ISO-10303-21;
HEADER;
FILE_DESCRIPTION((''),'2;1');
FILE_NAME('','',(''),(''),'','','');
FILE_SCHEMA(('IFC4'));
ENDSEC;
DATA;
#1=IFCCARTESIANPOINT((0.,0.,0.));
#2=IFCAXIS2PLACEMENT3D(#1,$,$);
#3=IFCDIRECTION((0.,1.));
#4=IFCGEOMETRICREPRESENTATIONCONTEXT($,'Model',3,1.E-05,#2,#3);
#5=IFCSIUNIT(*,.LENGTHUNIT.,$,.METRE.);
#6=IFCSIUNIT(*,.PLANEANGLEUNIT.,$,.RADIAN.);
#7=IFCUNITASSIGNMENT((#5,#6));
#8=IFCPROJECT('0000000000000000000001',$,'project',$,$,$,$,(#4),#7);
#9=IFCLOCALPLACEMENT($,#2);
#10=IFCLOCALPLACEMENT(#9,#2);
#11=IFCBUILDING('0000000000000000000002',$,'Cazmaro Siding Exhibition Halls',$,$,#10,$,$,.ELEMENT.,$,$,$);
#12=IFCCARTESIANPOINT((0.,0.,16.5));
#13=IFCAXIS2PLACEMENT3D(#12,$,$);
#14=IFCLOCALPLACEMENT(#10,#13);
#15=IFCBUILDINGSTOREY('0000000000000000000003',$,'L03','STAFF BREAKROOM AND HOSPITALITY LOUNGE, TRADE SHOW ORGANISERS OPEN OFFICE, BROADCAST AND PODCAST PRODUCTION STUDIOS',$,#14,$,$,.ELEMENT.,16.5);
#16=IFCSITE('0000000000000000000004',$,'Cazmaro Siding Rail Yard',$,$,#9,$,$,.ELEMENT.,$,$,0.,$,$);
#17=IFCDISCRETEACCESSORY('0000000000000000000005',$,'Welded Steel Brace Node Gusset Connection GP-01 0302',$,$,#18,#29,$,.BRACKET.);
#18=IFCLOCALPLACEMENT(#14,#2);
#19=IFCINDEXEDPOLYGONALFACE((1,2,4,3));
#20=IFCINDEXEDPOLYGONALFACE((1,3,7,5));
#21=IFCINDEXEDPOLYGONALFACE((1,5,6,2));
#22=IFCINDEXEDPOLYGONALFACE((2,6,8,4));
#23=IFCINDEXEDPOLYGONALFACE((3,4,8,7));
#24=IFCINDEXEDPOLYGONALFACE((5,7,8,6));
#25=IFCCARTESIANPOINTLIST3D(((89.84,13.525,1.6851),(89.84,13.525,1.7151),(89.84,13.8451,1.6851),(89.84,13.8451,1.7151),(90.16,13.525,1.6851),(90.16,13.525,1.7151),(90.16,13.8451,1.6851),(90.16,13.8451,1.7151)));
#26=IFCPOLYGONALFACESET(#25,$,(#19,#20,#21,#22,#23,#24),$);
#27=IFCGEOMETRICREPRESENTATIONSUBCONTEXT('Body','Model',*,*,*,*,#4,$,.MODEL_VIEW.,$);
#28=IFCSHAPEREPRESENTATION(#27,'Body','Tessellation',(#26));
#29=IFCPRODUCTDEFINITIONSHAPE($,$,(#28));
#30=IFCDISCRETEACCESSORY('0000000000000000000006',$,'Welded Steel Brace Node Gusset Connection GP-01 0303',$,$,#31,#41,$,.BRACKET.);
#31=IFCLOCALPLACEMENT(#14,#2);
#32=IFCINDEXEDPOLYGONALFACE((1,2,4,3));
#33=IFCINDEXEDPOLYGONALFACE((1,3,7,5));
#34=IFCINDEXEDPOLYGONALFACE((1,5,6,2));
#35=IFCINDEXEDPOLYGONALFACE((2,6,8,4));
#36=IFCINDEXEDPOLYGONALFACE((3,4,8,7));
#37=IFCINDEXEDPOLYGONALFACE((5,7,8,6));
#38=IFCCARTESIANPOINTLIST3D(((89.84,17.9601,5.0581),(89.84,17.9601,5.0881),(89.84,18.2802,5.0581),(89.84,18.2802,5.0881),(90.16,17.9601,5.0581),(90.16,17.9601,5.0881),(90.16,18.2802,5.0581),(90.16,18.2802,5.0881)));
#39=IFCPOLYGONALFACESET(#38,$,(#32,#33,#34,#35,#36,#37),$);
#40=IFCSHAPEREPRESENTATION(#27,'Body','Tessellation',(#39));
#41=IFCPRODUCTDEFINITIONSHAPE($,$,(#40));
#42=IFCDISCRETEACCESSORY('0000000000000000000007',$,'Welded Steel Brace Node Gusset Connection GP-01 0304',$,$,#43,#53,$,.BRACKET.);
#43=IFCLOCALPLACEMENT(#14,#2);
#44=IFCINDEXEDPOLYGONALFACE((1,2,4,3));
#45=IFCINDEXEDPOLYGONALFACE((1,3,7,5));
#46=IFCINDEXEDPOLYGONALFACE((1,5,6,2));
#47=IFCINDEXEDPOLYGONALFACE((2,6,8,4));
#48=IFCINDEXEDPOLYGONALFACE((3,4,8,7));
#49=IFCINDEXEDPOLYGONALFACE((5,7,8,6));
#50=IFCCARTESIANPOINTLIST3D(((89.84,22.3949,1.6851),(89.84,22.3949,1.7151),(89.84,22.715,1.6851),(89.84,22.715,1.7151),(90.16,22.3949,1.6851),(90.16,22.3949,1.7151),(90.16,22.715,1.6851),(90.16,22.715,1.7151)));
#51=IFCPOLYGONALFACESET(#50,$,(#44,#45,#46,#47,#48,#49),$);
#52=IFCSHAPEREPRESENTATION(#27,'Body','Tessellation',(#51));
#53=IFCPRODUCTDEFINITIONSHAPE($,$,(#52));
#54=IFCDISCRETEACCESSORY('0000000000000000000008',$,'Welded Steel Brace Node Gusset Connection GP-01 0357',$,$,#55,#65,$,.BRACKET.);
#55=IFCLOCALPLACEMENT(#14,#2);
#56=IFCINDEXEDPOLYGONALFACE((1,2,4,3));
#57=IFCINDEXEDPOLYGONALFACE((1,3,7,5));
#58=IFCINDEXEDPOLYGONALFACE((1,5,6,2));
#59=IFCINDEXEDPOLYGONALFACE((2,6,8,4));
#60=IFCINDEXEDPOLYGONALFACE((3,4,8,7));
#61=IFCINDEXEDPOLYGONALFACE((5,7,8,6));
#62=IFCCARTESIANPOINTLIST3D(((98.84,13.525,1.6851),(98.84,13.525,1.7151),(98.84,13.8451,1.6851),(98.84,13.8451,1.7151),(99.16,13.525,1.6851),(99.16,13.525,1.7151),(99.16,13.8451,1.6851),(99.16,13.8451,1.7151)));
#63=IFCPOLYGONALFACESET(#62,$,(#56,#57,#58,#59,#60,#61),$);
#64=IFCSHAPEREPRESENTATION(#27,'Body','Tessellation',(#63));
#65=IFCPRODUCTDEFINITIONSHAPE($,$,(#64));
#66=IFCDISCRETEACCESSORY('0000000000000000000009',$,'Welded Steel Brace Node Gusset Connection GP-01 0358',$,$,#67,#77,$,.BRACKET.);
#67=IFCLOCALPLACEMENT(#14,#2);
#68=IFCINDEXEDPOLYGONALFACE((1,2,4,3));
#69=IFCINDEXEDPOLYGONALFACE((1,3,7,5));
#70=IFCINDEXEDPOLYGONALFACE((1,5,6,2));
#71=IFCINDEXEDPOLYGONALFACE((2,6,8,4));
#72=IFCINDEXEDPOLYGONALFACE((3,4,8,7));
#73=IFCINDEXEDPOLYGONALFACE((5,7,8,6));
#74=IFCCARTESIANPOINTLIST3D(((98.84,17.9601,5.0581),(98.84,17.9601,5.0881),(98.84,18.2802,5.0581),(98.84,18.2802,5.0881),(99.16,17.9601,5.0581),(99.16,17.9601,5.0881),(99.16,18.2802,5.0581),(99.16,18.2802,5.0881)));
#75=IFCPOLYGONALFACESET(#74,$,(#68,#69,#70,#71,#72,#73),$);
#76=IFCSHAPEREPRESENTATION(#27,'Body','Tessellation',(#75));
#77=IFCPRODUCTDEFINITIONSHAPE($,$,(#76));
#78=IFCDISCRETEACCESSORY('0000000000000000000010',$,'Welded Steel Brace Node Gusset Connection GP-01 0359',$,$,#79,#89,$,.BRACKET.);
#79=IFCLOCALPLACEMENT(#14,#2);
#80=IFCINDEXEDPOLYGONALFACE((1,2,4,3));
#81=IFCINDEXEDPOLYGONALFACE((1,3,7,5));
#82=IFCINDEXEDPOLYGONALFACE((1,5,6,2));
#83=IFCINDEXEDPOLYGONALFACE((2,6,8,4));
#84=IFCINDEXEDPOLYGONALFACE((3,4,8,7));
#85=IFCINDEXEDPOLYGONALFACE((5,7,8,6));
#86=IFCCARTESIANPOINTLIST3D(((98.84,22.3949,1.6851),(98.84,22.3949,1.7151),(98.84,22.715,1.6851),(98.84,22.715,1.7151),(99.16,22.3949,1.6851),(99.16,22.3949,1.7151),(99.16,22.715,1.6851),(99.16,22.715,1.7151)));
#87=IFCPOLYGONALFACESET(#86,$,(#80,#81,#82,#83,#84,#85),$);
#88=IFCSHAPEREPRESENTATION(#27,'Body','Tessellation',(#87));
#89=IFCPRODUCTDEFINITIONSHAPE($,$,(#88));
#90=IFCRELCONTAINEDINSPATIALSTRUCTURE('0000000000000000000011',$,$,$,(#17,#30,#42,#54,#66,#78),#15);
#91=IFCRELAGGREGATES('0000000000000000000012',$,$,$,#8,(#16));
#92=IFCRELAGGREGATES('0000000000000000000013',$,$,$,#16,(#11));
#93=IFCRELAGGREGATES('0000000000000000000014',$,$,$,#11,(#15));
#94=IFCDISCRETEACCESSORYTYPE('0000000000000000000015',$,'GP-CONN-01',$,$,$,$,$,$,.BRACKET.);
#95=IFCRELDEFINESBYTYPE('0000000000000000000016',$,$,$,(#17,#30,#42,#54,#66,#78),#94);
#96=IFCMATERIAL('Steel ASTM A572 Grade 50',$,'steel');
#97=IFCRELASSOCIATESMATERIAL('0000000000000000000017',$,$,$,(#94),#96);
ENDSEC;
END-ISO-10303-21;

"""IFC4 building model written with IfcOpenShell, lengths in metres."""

from ifc_helpers import new_model, si_unit, direction, frame, origin, origin_2d, place, context, subcontext, project, spatial, rectangle, extrude, material, type_object, element, save


model = new_model("IFC4")

# Units and contexts
model_context = context("Model", 3, precision=1e-05, world=origin(), true_north=direction((0.0, 1.0)))
body_context = subcontext(model_context, "Body", "Model", "MODEL_VIEW")
ifc_project = project(units=[si_unit("LENGTHUNIT", "METRE"), si_unit("PLANEANGLEUNIT", "RADIAN")], contexts=[model_context])

# Site, building, storey
site_placement = place(None, origin())
site = spatial("IfcSite", under=ifc_project, at=site_placement, Name="Cazmaro Siding Rail Yard", CompositionType="ELEMENT", RefElevation=0.0)
building_placement = place(site_placement, origin())
building = spatial("IfcBuilding", under=site, at=building_placement, Name="Cazmaro Siding Exhibition Halls", CompositionType="ELEMENT")
storey_placement = place(building_placement, frame((0.0, 0.0, 16.5)))
storey = spatial("IfcBuildingStorey", under=building, at=storey_placement, Name="L03", Description="STAFF BREAKROOM AND HOSPITALITY LOUNGE, TRADE SHOW ORGANISERS OPEN OFFICE, BROADCAST AND PODCAST PRODUCTION STUDIOS", CompositionType="ELEMENT", Elevation=16.5)

# Discrete accessories
ifc_material_1 = material(Name="Steel ASTM A572 Grade 50", Category="steel")
discrete_accessory_type = type_object("IfcDiscreteAccessoryType", Name="GP-CONN-01", PredefinedType="BRACKET", material=ifc_material_1)
for number, where, z_axis, x_axis, name in (
    (1, (90.0, 13.6851, 1.6851), (0.0, 0.0, 1.0), (1.0, 0.0, 0.0), "Welded Steel Brace Node Gusset Connection GP-01 0302"),
    (2, (90.0, 18.1201, 5.0581), (0.0, 0.0, 1.0), (1.0, 0.0, 0.0), "Welded Steel Brace Node Gusset Connection GP-01 0303"),
    (3, (90.0, 22.5549, 1.6851), (0.0, 0.0, 1.0), (1.0, 0.0, 0.0), "Welded Steel Brace Node Gusset Connection GP-01 0304"),
    (4, (99.0, 13.6851, 1.6851), (0.0, 0.0, 1.0), (1.0, 0.0, 0.0), "Welded Steel Brace Node Gusset Connection GP-01 0357"),
    (5, (99.0, 18.1201, 5.0581), (0.0, 0.0, 1.0), (1.0, 0.0, 0.0), "Welded Steel Brace Node Gusset Connection GP-01 0358"),
    (6, (99.0, 22.5549, 1.6851), (0.0, 0.0, 1.0), (1.0, 0.0, 0.0), "Welded Steel Brace Node Gusset Connection GP-01 0359"),
):
    element("IfcDiscreteAccessory", number, at=place(storey_placement, frame(where, z_axis=z_axis, x_axis=x_axis)), inside=storey, type_object=discrete_accessory_type, Name=name, PredefinedType="BRACKET", context=body_context, shape_type="SweptSolid", body=[
        extrude(rectangle(XDim=0.3201, YDim=0.3201, at=origin_2d()), origin(), (0.0, 0.0, 1.0), 0.03),
    ])

save(model, "model.ifc")
